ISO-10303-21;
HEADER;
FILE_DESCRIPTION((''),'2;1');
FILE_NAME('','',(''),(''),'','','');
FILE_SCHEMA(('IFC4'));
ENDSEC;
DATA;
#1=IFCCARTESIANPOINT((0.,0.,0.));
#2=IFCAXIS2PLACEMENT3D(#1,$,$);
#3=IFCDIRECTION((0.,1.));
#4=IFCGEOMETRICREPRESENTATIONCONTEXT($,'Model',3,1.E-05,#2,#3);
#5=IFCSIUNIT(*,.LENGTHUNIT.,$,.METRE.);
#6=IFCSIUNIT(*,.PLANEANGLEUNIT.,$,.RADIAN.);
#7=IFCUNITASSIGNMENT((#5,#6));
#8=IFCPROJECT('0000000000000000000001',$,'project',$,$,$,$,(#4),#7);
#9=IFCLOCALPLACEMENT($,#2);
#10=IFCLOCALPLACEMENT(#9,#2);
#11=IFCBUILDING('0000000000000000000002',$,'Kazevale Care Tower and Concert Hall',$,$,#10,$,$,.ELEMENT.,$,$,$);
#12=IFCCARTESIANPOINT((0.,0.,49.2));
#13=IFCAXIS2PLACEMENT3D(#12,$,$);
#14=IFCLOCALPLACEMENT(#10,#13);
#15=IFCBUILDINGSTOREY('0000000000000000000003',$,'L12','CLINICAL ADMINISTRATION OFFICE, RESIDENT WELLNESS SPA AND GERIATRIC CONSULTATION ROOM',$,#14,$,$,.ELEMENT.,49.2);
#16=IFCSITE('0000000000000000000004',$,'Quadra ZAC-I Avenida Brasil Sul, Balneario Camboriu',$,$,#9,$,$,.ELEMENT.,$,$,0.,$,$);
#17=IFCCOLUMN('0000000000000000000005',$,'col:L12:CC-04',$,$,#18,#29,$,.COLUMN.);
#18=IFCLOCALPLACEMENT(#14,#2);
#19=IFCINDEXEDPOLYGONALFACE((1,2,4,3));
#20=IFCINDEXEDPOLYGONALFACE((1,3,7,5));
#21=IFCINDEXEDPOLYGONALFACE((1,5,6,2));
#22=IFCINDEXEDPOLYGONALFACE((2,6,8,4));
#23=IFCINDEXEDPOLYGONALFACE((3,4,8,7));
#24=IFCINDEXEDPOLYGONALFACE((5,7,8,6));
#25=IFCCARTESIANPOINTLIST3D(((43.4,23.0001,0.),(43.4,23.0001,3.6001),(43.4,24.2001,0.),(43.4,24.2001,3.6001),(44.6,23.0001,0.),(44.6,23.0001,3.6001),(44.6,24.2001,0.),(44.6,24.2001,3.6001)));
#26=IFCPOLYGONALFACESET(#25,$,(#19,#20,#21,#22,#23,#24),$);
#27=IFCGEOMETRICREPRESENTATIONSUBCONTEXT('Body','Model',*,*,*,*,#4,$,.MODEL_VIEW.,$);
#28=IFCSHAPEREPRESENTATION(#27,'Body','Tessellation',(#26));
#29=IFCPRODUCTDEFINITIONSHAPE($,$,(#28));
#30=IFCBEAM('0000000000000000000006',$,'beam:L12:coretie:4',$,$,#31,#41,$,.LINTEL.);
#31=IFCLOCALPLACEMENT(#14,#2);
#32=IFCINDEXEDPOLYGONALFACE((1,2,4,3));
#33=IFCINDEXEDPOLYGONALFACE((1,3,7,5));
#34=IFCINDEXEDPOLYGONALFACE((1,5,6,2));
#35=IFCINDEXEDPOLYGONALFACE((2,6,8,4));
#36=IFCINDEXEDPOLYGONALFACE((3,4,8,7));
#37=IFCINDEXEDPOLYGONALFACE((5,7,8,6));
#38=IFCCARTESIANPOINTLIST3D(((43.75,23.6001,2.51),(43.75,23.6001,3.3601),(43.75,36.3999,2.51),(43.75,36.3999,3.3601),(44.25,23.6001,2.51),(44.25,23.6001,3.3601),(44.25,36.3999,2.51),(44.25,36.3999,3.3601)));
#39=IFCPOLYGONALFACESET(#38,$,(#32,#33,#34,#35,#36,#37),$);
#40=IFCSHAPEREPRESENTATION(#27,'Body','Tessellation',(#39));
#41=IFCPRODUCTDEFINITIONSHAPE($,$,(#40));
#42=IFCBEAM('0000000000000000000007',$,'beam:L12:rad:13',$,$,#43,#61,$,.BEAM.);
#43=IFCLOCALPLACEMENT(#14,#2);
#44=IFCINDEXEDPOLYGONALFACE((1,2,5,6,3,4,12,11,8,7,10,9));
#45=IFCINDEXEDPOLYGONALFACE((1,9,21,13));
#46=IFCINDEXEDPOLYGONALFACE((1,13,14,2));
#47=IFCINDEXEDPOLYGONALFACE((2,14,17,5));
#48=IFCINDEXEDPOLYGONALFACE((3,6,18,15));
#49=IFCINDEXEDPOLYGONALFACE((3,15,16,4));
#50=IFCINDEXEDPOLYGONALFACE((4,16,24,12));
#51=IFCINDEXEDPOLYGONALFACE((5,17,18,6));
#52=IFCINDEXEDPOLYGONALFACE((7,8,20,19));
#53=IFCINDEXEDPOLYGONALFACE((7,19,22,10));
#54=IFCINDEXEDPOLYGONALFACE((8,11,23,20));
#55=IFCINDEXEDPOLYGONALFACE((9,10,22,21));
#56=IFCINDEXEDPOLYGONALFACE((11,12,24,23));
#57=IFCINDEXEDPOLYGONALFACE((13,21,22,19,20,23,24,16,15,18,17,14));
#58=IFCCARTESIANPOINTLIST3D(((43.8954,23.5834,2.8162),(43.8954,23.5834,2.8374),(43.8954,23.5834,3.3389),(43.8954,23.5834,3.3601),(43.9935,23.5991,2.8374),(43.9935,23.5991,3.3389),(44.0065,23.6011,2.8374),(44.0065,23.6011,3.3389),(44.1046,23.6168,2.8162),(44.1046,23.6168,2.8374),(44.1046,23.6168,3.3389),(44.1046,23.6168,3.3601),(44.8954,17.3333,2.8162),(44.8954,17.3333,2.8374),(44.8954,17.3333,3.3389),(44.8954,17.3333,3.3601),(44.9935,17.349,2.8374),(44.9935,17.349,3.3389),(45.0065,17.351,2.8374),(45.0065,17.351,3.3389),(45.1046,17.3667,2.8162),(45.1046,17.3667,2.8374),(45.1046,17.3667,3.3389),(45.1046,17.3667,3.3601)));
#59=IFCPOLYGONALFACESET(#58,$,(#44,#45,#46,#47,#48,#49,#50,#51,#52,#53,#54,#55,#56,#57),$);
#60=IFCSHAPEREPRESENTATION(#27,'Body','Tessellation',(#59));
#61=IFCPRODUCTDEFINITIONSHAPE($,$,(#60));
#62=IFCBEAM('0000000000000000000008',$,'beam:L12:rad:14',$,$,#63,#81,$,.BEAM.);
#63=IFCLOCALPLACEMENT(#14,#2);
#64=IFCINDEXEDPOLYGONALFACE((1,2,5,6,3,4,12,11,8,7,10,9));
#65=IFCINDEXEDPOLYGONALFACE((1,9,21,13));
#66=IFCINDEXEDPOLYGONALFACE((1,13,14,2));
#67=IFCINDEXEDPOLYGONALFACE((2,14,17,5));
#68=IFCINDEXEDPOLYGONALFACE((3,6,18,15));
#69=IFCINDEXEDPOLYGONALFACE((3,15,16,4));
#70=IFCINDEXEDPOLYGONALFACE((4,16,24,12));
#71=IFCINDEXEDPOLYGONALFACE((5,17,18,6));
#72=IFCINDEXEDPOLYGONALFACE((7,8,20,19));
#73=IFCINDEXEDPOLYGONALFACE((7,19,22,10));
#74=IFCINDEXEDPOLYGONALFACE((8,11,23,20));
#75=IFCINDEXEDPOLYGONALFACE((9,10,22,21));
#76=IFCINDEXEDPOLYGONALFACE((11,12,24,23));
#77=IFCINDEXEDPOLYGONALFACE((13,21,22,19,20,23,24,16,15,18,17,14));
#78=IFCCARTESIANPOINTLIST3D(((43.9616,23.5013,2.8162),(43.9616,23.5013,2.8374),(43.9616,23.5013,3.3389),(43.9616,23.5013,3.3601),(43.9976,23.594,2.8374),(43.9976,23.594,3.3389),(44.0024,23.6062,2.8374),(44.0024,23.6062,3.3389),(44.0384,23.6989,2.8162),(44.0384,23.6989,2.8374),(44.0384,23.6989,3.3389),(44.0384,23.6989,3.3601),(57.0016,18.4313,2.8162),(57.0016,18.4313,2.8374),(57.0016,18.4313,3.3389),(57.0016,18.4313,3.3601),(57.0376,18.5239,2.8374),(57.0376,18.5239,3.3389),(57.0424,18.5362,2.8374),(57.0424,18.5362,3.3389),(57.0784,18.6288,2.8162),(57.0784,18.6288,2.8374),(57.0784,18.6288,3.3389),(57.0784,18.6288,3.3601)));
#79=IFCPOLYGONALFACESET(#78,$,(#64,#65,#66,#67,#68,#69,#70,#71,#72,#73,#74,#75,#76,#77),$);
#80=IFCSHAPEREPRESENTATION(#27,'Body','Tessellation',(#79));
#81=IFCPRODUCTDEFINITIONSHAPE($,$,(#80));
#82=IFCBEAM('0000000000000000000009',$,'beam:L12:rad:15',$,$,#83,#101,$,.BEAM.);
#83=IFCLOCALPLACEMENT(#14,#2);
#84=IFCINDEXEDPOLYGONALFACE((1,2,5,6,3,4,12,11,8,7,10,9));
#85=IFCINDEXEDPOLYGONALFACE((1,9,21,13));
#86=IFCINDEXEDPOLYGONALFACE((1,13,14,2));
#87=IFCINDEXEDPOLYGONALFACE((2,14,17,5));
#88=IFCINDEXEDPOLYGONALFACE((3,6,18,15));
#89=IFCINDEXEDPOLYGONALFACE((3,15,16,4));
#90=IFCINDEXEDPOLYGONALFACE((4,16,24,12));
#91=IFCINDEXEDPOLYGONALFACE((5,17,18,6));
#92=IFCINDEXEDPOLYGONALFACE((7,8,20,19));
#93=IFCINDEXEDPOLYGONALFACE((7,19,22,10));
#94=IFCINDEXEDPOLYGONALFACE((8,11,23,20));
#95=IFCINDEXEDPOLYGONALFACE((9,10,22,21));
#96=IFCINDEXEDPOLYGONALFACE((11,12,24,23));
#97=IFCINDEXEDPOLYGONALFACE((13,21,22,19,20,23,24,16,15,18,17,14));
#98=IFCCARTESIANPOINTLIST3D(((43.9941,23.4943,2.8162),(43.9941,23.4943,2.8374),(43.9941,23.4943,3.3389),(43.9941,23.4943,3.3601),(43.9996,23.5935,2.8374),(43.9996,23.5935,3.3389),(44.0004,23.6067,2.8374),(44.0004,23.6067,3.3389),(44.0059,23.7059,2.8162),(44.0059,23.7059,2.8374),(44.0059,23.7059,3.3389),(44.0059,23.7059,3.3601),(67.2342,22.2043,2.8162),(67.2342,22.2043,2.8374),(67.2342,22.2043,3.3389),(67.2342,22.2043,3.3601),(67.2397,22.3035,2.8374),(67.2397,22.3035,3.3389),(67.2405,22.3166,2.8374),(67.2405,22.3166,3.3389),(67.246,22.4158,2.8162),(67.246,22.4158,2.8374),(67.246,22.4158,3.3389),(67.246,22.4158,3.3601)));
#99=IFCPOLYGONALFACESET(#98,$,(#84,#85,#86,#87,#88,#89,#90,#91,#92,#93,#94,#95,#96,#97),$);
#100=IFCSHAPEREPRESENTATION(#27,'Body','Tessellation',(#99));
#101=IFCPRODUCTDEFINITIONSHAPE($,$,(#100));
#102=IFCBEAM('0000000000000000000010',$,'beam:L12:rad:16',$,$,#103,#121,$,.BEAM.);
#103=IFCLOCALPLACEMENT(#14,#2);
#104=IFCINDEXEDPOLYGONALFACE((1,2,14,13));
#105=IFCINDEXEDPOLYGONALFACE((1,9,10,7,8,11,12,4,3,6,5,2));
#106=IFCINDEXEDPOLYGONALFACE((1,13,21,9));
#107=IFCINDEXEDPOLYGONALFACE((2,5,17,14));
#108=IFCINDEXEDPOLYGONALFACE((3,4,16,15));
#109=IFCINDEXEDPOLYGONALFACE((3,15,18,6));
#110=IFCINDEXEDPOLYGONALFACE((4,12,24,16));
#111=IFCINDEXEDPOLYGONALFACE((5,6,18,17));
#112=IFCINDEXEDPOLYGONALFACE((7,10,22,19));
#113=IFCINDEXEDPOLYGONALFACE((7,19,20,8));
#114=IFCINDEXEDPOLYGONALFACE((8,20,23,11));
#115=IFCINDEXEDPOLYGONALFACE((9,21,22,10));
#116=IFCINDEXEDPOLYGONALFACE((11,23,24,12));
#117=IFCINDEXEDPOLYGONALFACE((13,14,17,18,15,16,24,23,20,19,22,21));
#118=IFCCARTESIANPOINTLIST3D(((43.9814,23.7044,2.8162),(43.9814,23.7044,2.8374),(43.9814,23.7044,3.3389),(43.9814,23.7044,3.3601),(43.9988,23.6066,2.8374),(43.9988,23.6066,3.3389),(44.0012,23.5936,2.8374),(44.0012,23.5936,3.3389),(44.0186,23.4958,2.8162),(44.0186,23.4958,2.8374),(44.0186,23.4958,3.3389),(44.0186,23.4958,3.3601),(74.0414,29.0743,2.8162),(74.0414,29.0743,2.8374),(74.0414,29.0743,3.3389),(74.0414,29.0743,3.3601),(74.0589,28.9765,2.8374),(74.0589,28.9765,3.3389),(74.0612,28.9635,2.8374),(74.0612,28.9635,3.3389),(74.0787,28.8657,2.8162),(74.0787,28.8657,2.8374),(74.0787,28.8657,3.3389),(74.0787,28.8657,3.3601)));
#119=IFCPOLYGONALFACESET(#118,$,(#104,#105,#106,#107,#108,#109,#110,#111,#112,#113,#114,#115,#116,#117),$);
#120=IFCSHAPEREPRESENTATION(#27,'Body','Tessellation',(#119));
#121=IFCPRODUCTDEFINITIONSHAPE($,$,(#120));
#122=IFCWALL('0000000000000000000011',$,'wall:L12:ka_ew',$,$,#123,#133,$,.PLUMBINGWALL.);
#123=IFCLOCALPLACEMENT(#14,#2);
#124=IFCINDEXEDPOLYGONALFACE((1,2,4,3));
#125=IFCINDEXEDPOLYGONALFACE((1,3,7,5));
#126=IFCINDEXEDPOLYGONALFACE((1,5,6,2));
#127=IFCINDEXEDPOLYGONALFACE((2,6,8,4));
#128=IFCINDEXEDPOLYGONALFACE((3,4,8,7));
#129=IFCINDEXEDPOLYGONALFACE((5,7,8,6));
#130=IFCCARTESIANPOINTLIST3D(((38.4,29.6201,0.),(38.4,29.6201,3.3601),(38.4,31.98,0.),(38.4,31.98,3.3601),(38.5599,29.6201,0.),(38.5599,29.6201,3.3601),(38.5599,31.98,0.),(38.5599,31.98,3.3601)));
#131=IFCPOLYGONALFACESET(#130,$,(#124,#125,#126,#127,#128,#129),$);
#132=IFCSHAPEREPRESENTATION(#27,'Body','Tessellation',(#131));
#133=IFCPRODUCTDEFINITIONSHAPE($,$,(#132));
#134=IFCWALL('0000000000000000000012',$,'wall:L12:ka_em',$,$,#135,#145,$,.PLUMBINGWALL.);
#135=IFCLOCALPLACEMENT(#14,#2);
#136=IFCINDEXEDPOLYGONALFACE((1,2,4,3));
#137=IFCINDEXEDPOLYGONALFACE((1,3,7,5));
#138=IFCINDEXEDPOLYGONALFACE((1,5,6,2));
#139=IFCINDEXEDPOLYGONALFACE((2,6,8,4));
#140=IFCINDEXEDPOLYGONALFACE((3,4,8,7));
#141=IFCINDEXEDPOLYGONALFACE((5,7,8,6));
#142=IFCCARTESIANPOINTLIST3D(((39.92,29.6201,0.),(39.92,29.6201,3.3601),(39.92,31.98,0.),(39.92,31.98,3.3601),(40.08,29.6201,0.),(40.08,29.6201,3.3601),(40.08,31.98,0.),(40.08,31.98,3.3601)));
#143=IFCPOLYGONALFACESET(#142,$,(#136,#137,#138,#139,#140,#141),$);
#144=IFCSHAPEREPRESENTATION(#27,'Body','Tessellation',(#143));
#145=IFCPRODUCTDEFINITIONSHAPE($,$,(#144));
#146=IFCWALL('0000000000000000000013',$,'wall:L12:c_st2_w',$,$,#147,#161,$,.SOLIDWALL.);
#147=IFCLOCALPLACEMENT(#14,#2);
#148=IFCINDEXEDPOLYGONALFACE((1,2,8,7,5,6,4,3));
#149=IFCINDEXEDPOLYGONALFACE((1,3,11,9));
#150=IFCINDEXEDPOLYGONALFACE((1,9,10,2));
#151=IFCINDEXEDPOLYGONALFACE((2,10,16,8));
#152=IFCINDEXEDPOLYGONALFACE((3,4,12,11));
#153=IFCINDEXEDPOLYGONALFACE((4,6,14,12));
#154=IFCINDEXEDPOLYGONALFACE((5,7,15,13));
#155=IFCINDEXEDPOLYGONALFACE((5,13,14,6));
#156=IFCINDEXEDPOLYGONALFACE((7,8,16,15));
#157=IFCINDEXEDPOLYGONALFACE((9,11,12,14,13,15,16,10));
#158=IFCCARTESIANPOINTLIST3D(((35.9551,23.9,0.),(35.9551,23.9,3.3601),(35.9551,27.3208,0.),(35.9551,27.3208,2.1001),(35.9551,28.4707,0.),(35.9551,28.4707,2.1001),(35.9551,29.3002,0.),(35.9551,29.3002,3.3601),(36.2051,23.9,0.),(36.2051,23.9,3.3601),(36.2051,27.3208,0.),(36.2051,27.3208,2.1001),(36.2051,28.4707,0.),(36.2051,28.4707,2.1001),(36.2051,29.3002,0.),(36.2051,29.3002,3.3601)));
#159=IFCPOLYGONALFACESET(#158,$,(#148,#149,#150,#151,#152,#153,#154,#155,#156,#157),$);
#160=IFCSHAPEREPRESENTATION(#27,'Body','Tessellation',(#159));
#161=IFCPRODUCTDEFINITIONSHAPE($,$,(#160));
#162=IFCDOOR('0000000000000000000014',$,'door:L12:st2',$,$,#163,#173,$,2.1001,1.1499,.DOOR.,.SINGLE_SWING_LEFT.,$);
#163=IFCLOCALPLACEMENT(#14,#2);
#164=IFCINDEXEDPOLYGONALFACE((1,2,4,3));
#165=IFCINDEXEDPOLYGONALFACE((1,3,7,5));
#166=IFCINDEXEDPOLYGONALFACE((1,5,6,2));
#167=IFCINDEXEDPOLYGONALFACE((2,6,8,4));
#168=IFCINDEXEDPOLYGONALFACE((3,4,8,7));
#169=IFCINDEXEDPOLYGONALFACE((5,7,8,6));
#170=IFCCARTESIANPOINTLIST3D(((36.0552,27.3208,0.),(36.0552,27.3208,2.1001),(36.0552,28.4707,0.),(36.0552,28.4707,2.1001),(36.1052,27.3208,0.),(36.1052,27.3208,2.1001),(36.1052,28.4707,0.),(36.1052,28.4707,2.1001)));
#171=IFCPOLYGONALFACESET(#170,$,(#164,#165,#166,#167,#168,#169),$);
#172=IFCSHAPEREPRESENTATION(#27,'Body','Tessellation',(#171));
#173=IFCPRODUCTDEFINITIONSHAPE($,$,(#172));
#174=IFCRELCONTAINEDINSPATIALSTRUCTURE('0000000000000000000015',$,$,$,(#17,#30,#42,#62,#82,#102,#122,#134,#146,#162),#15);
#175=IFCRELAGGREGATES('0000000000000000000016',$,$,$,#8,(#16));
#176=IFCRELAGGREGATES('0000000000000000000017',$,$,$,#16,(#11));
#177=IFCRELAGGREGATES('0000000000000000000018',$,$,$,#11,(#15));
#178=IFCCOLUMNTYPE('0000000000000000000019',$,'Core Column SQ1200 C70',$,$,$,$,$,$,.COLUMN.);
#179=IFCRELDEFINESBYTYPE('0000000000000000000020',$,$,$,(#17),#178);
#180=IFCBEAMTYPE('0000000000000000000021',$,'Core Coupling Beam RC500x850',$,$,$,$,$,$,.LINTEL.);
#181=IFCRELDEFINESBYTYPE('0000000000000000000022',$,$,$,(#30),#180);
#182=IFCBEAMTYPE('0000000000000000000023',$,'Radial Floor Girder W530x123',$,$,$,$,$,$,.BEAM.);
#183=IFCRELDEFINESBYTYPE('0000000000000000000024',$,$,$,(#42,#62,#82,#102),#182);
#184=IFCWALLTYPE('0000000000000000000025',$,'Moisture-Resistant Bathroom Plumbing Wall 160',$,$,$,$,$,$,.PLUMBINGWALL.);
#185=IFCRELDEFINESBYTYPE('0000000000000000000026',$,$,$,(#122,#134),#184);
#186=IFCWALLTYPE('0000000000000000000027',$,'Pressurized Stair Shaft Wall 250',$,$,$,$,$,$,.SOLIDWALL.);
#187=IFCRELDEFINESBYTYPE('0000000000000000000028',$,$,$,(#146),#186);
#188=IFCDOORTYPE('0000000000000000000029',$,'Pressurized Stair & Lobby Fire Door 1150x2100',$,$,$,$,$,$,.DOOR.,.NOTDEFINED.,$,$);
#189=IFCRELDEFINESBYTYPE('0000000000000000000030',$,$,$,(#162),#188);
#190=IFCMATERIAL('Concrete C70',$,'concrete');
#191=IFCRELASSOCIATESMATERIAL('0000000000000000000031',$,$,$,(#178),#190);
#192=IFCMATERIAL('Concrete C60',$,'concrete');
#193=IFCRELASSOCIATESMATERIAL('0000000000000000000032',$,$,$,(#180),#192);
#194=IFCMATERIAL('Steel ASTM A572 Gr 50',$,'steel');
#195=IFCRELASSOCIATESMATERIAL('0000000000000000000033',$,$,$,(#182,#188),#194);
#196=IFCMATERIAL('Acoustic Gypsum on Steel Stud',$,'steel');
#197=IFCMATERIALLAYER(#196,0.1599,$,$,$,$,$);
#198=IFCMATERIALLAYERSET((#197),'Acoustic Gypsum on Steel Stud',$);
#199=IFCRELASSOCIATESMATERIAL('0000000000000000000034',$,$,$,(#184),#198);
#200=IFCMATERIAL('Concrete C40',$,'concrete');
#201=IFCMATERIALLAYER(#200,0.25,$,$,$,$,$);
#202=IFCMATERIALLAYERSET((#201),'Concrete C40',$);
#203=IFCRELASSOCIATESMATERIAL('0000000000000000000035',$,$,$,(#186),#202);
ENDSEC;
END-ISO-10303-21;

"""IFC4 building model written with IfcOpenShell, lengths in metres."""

from ifc_helpers import new_model, si_unit, direction, frame, frame_2d, origin, origin_2d, place, context, subcontext, project, spatial, rectangle, i_section, extrude, material, layer, layer_set, material_profile, profile_set, type_object, element, fill, save


model = new_model("IFC4")

# Units and contexts
model_context = context("Model", 3, precision=1e-05, world=origin(), true_north=direction((0.0, 1.0)))
body_context = subcontext(model_context, "Body", "Model", "MODEL_VIEW")
ifc_project = project(units=[si_unit("LENGTHUNIT", "METRE"), si_unit("PLANEANGLEUNIT", "RADIAN")], contexts=[model_context])

# Site, building, storey
site_placement = place(None, origin())
site = spatial("IfcSite", under=ifc_project, at=site_placement, Name="Quadra ZAC-I Avenida Brasil Sul, Balneario Camboriu", CompositionType="ELEMENT", RefElevation=0.0)
building_placement = place(site_placement, origin())
building = spatial("IfcBuilding", under=site, at=building_placement, Name="Kazevale Care Tower and Concert Hall", CompositionType="ELEMENT")
storey_placement = place(building_placement, frame((0.0, 0.0, 49.2)))
storey = spatial("IfcBuildingStorey", under=building, at=storey_placement, Name="L12", Description="CLINICAL ADMINISTRATION OFFICE, RESIDENT WELLNESS SPA AND GERIATRIC CONSULTATION ROOM", CompositionType="ELEMENT", Elevation=49.2)

# Column
ifc_material_1 = material(Name="Concrete C70", Category="concrete")
ifc_material_profile_1 = material_profile(ifc_material_1, rectangle(XDim=1.2, YDim=1.2, at=origin_2d()), Name="RC-SQ1200")
ifc_profile_set_1 = profile_set([ifc_material_profile_1], Name="Concrete C70")
column_type = type_object("IfcColumnType", Name="Core Column SQ1200 C70", PredefinedType="COLUMN", material=ifc_profile_set_1)
column_placement = place(storey_placement, frame((44.0, 23.6001, 0.0), z_axis=(0.0, 0.0, 1.0), x_axis=(1.0, 0.0, 0.0)))
element("IfcColumn", 1, at=column_placement, inside=storey, type_object=column_type, Name="col:L12:CC-04", PredefinedType="COLUMN", context=body_context, shape_type="SweptSolid", body=[
    extrude(rectangle(XDim=1.2, YDim=1.2, at=origin_2d()), origin(), (0.0, 0.0, 1.0), 3.6001),
])

# Beams
ifc_material_2 = material(Name="Concrete C60", Category="concrete")
ifc_material_profile_2 = material_profile(ifc_material_2, rectangle(XDim=0.5, YDim=0.8501, at=origin_2d()), Name="RC-B500x850")
ifc_profile_set_2 = profile_set([ifc_material_profile_2], Name="Concrete C60")
beam_type_1 = type_object("IfcBeamType", Name="Core Coupling Beam RC500x850", PredefinedType="LINTEL", material=ifc_profile_set_2)
beam_1_placement = place(storey_placement, frame((44.0, 23.6001, 2.9351), z_axis=(0.0, 1.0, 0.0), x_axis=(-1.0, 0.0, 0.0)))
element("IfcBeam", 2, at=beam_1_placement, inside=storey, type_object=beam_type_1, Name="beam:L12:coretie:4", PredefinedType="LINTEL", context=body_context, shape_type="SweptSolid", body=[
    extrude(rectangle(XDim=0.5, YDim=0.8501, at=origin_2d()), origin(), (0.0, 0.0, 1.0), 12.7998),
])
ifc_material_3 = material(Name="Steel ASTM A572 Gr 50", Category="steel")
ifc_material_profile_3 = material_profile(ifc_material_3, i_section(OverallWidth=0.2119, OverallDepth=0.5439, WebThickness=0.0132, FlangeThickness=0.0212, at=origin_2d()), Name="W530x123")
ifc_profile_set_3 = profile_set([ifc_material_profile_3], Name="Steel ASTM A572 Gr 50")
beam_type_2 = type_object("IfcBeamType", Name="Radial Floor Girder W530x123", PredefinedType="BEAM", material=ifc_profile_set_3)
beam_2_placement = place(storey_placement, frame((44.0, 23.6001, 3.0881), z_axis=(0.157991, -0.987441, 0.0), x_axis=(0.987441, 0.157991, 0.0)))
element("IfcBeam", 3, at=beam_2_placement, inside=storey, type_object=beam_type_2, Name="beam:L12:rad:13", PredefinedType="BEAM", context=body_context, shape_type="SweptSolid", body=[
    extrude(i_section(OverallWidth=0.2119, OverallDepth=0.5439, WebThickness=0.0132, FlangeThickness=0.0212, at=origin_2d()), origin(), (0.0, 0.0, 1.0), 6.3296),
])
beam_3_placement = place(storey_placement, frame((44.0, 23.6001, 3.0881), z_axis=(0.93203, -0.362381, 0.0), x_axis=(0.362381, 0.93203, 0.0)))
element("IfcBeam", 4, at=beam_3_placement, inside=storey, type_object=beam_type_2, Name="beam:L12:rad:14", PredefinedType="BEAM", context=body_context, shape_type="SweptSolid", body=[
    extrude(i_section(OverallWidth=0.2119, OverallDepth=0.5439, WebThickness=0.0132, FlangeThickness=0.0212, at=origin_2d()), origin(), (0.0, 0.0, 1.0), 13.991),
])
beam_4_placement = place(storey_placement, frame((44.0, 23.6001, 3.0881), z_axis=(0.998463, -0.055424, 0.0), x_axis=(0.055424, 0.998463, 0.0)))
element("IfcBeam", 5, at=beam_4_placement, inside=storey, type_object=beam_type_2, Name="beam:L12:rad:15", PredefinedType="BEAM", context=body_context, shape_type="SweptSolid", body=[
    extrude(i_section(OverallWidth=0.2119, OverallDepth=0.5439, WebThickness=0.0132, FlangeThickness=0.0212, at=origin_2d()), origin(), (0.0, 0.0, 1.0), 23.2759),
])
beam_5_placement = place(storey_placement, frame((44.0, 23.6001, 3.0881), z_axis=(0.984416, 0.175854, 0.0), x_axis=(-0.175854, 0.984416, 0.0)))
element("IfcBeam", 6, at=beam_5_placement, inside=storey, type_object=beam_type_2, Name="beam:L12:rad:16", PredefinedType="BEAM", context=body_context, shape_type="SweptSolid", body=[
    extrude(i_section(OverallWidth=0.2119, OverallDepth=0.5439, WebThickness=0.0132, FlangeThickness=0.0212, at=origin_2d()), origin(), (0.0, 0.0, 1.0), 30.5359),
])

# Walls
ifc_material_4 = material(Name="Acoustic Gypsum on Steel Stud", Category="steel")
ifc_layer_1 = layer(ifc_material_4, 0.1599)
ifc_layer_set_1 = layer_set([ifc_layer_1], Name="Acoustic Gypsum on Steel Stud")
wall_type_1 = type_object("IfcWallType", Name="Moisture-Resistant Bathroom Plumbing Wall 160", PredefinedType="PLUMBINGWALL", material=ifc_layer_set_1)
for number, where, z_axis, x_axis, name in (
    (7, (38.48, 29.6201, 0.0), (0.0, 0.0, 1.0), (0.0, 1.0, 0.0), "wall:L12:ka_ew"),
    (8, (40.0, 29.6201, 0.0), (0.0, 0.0, 1.0), (0.0, 1.0, 0.0), "wall:L12:ka_em"),
):
    element("IfcWall", number, at=place(storey_placement, frame(where, z_axis=z_axis, x_axis=x_axis)), inside=storey, type_object=wall_type_1, Name=name, PredefinedType="PLUMBINGWALL", context=body_context, shape_type="SweptSolid", body=[
        extrude(rectangle(XDim=2.3599, YDim=0.1599, at=frame_2d((1.1799, 0.0))), origin(), (0.0, 0.0, 1.0), 3.3601),
    ])

# Wall, opening, door
ifc_material_5 = material(Name="Concrete C40", Category="concrete")
ifc_layer_2 = layer(ifc_material_5, 0.25)
ifc_layer_set_2 = layer_set([ifc_layer_2], Name="Concrete C40")
wall_type_2 = type_object("IfcWallType", Name="Pressurized Stair Shaft Wall 250", PredefinedType="SOLIDWALL", material=ifc_layer_set_2)
wall_1_placement = place(storey_placement, frame((36.0801, 23.8999, 0.0), z_axis=(0.0, 0.0, 1.0), x_axis=(0.0, 1.0, 0.0)))
wall_1 = element("IfcWall", 9, at=wall_1_placement, inside=storey, type_object=wall_type_2, Name="wall:L12:c_st2_w", PredefinedType="SOLIDWALL", context=body_context, shape_type="SweptSolid", body=[
    extrude(rectangle(XDim=5.4001, YDim=0.25, at=frame_2d((2.7002, 0.0))), origin(), (0.0, 0.0, 1.0), 3.3601),
])
opening_1_placement = place(wall_1_placement, frame((3.4209, 0.0, 0.0)))
opening_1 = element("IfcOpeningElement", 10, at=opening_1_placement, cuts=wall_1, PredefinedType="OPENING", context=body_context, shape_type="SweptSolid", body=[
    extrude(rectangle(XDim=1.1499, YDim=2.1001, at=frame_2d((0.575, 1.05))), frame((0.0, 0.135, 0.0), z_axis=(0.0, -1.0, 0.0), x_axis=(1.0, 0.0, 0.0)), (0.0, 0.0, 1.0), 0.27),
])
door_type_1 = type_object("IfcDoorType", Name="Pressurized Stair & Lobby Fire Door 1150x2100", OperationType="NOTDEFINED", PredefinedType="DOOR", material=ifc_material_3)
door_1_placement = place(opening_1_placement, origin())
door_1 = element("IfcDoor", 11, at=door_1_placement, inside=storey, type_object=door_type_1, Name="door:L12:st2", OperationType="SINGLE_SWING_LEFT", OverallHeight=2.1001, OverallWidth=1.1499, PredefinedType="DOOR", context=body_context, shape_type="SweptSolid", body=[
    extrude(rectangle(XDim=1.1499, YDim=2.1001, at=frame_2d((0.575, 1.05))), frame((0.0, 0.0249, 0.0), z_axis=(0.0, -1.0, 0.0), x_axis=(1.0, 0.0, 0.0)), (0.0, 0.0, 1.0), 0.05),
])
fill(opening_1, door_1)

save(model, "model.ifc")
